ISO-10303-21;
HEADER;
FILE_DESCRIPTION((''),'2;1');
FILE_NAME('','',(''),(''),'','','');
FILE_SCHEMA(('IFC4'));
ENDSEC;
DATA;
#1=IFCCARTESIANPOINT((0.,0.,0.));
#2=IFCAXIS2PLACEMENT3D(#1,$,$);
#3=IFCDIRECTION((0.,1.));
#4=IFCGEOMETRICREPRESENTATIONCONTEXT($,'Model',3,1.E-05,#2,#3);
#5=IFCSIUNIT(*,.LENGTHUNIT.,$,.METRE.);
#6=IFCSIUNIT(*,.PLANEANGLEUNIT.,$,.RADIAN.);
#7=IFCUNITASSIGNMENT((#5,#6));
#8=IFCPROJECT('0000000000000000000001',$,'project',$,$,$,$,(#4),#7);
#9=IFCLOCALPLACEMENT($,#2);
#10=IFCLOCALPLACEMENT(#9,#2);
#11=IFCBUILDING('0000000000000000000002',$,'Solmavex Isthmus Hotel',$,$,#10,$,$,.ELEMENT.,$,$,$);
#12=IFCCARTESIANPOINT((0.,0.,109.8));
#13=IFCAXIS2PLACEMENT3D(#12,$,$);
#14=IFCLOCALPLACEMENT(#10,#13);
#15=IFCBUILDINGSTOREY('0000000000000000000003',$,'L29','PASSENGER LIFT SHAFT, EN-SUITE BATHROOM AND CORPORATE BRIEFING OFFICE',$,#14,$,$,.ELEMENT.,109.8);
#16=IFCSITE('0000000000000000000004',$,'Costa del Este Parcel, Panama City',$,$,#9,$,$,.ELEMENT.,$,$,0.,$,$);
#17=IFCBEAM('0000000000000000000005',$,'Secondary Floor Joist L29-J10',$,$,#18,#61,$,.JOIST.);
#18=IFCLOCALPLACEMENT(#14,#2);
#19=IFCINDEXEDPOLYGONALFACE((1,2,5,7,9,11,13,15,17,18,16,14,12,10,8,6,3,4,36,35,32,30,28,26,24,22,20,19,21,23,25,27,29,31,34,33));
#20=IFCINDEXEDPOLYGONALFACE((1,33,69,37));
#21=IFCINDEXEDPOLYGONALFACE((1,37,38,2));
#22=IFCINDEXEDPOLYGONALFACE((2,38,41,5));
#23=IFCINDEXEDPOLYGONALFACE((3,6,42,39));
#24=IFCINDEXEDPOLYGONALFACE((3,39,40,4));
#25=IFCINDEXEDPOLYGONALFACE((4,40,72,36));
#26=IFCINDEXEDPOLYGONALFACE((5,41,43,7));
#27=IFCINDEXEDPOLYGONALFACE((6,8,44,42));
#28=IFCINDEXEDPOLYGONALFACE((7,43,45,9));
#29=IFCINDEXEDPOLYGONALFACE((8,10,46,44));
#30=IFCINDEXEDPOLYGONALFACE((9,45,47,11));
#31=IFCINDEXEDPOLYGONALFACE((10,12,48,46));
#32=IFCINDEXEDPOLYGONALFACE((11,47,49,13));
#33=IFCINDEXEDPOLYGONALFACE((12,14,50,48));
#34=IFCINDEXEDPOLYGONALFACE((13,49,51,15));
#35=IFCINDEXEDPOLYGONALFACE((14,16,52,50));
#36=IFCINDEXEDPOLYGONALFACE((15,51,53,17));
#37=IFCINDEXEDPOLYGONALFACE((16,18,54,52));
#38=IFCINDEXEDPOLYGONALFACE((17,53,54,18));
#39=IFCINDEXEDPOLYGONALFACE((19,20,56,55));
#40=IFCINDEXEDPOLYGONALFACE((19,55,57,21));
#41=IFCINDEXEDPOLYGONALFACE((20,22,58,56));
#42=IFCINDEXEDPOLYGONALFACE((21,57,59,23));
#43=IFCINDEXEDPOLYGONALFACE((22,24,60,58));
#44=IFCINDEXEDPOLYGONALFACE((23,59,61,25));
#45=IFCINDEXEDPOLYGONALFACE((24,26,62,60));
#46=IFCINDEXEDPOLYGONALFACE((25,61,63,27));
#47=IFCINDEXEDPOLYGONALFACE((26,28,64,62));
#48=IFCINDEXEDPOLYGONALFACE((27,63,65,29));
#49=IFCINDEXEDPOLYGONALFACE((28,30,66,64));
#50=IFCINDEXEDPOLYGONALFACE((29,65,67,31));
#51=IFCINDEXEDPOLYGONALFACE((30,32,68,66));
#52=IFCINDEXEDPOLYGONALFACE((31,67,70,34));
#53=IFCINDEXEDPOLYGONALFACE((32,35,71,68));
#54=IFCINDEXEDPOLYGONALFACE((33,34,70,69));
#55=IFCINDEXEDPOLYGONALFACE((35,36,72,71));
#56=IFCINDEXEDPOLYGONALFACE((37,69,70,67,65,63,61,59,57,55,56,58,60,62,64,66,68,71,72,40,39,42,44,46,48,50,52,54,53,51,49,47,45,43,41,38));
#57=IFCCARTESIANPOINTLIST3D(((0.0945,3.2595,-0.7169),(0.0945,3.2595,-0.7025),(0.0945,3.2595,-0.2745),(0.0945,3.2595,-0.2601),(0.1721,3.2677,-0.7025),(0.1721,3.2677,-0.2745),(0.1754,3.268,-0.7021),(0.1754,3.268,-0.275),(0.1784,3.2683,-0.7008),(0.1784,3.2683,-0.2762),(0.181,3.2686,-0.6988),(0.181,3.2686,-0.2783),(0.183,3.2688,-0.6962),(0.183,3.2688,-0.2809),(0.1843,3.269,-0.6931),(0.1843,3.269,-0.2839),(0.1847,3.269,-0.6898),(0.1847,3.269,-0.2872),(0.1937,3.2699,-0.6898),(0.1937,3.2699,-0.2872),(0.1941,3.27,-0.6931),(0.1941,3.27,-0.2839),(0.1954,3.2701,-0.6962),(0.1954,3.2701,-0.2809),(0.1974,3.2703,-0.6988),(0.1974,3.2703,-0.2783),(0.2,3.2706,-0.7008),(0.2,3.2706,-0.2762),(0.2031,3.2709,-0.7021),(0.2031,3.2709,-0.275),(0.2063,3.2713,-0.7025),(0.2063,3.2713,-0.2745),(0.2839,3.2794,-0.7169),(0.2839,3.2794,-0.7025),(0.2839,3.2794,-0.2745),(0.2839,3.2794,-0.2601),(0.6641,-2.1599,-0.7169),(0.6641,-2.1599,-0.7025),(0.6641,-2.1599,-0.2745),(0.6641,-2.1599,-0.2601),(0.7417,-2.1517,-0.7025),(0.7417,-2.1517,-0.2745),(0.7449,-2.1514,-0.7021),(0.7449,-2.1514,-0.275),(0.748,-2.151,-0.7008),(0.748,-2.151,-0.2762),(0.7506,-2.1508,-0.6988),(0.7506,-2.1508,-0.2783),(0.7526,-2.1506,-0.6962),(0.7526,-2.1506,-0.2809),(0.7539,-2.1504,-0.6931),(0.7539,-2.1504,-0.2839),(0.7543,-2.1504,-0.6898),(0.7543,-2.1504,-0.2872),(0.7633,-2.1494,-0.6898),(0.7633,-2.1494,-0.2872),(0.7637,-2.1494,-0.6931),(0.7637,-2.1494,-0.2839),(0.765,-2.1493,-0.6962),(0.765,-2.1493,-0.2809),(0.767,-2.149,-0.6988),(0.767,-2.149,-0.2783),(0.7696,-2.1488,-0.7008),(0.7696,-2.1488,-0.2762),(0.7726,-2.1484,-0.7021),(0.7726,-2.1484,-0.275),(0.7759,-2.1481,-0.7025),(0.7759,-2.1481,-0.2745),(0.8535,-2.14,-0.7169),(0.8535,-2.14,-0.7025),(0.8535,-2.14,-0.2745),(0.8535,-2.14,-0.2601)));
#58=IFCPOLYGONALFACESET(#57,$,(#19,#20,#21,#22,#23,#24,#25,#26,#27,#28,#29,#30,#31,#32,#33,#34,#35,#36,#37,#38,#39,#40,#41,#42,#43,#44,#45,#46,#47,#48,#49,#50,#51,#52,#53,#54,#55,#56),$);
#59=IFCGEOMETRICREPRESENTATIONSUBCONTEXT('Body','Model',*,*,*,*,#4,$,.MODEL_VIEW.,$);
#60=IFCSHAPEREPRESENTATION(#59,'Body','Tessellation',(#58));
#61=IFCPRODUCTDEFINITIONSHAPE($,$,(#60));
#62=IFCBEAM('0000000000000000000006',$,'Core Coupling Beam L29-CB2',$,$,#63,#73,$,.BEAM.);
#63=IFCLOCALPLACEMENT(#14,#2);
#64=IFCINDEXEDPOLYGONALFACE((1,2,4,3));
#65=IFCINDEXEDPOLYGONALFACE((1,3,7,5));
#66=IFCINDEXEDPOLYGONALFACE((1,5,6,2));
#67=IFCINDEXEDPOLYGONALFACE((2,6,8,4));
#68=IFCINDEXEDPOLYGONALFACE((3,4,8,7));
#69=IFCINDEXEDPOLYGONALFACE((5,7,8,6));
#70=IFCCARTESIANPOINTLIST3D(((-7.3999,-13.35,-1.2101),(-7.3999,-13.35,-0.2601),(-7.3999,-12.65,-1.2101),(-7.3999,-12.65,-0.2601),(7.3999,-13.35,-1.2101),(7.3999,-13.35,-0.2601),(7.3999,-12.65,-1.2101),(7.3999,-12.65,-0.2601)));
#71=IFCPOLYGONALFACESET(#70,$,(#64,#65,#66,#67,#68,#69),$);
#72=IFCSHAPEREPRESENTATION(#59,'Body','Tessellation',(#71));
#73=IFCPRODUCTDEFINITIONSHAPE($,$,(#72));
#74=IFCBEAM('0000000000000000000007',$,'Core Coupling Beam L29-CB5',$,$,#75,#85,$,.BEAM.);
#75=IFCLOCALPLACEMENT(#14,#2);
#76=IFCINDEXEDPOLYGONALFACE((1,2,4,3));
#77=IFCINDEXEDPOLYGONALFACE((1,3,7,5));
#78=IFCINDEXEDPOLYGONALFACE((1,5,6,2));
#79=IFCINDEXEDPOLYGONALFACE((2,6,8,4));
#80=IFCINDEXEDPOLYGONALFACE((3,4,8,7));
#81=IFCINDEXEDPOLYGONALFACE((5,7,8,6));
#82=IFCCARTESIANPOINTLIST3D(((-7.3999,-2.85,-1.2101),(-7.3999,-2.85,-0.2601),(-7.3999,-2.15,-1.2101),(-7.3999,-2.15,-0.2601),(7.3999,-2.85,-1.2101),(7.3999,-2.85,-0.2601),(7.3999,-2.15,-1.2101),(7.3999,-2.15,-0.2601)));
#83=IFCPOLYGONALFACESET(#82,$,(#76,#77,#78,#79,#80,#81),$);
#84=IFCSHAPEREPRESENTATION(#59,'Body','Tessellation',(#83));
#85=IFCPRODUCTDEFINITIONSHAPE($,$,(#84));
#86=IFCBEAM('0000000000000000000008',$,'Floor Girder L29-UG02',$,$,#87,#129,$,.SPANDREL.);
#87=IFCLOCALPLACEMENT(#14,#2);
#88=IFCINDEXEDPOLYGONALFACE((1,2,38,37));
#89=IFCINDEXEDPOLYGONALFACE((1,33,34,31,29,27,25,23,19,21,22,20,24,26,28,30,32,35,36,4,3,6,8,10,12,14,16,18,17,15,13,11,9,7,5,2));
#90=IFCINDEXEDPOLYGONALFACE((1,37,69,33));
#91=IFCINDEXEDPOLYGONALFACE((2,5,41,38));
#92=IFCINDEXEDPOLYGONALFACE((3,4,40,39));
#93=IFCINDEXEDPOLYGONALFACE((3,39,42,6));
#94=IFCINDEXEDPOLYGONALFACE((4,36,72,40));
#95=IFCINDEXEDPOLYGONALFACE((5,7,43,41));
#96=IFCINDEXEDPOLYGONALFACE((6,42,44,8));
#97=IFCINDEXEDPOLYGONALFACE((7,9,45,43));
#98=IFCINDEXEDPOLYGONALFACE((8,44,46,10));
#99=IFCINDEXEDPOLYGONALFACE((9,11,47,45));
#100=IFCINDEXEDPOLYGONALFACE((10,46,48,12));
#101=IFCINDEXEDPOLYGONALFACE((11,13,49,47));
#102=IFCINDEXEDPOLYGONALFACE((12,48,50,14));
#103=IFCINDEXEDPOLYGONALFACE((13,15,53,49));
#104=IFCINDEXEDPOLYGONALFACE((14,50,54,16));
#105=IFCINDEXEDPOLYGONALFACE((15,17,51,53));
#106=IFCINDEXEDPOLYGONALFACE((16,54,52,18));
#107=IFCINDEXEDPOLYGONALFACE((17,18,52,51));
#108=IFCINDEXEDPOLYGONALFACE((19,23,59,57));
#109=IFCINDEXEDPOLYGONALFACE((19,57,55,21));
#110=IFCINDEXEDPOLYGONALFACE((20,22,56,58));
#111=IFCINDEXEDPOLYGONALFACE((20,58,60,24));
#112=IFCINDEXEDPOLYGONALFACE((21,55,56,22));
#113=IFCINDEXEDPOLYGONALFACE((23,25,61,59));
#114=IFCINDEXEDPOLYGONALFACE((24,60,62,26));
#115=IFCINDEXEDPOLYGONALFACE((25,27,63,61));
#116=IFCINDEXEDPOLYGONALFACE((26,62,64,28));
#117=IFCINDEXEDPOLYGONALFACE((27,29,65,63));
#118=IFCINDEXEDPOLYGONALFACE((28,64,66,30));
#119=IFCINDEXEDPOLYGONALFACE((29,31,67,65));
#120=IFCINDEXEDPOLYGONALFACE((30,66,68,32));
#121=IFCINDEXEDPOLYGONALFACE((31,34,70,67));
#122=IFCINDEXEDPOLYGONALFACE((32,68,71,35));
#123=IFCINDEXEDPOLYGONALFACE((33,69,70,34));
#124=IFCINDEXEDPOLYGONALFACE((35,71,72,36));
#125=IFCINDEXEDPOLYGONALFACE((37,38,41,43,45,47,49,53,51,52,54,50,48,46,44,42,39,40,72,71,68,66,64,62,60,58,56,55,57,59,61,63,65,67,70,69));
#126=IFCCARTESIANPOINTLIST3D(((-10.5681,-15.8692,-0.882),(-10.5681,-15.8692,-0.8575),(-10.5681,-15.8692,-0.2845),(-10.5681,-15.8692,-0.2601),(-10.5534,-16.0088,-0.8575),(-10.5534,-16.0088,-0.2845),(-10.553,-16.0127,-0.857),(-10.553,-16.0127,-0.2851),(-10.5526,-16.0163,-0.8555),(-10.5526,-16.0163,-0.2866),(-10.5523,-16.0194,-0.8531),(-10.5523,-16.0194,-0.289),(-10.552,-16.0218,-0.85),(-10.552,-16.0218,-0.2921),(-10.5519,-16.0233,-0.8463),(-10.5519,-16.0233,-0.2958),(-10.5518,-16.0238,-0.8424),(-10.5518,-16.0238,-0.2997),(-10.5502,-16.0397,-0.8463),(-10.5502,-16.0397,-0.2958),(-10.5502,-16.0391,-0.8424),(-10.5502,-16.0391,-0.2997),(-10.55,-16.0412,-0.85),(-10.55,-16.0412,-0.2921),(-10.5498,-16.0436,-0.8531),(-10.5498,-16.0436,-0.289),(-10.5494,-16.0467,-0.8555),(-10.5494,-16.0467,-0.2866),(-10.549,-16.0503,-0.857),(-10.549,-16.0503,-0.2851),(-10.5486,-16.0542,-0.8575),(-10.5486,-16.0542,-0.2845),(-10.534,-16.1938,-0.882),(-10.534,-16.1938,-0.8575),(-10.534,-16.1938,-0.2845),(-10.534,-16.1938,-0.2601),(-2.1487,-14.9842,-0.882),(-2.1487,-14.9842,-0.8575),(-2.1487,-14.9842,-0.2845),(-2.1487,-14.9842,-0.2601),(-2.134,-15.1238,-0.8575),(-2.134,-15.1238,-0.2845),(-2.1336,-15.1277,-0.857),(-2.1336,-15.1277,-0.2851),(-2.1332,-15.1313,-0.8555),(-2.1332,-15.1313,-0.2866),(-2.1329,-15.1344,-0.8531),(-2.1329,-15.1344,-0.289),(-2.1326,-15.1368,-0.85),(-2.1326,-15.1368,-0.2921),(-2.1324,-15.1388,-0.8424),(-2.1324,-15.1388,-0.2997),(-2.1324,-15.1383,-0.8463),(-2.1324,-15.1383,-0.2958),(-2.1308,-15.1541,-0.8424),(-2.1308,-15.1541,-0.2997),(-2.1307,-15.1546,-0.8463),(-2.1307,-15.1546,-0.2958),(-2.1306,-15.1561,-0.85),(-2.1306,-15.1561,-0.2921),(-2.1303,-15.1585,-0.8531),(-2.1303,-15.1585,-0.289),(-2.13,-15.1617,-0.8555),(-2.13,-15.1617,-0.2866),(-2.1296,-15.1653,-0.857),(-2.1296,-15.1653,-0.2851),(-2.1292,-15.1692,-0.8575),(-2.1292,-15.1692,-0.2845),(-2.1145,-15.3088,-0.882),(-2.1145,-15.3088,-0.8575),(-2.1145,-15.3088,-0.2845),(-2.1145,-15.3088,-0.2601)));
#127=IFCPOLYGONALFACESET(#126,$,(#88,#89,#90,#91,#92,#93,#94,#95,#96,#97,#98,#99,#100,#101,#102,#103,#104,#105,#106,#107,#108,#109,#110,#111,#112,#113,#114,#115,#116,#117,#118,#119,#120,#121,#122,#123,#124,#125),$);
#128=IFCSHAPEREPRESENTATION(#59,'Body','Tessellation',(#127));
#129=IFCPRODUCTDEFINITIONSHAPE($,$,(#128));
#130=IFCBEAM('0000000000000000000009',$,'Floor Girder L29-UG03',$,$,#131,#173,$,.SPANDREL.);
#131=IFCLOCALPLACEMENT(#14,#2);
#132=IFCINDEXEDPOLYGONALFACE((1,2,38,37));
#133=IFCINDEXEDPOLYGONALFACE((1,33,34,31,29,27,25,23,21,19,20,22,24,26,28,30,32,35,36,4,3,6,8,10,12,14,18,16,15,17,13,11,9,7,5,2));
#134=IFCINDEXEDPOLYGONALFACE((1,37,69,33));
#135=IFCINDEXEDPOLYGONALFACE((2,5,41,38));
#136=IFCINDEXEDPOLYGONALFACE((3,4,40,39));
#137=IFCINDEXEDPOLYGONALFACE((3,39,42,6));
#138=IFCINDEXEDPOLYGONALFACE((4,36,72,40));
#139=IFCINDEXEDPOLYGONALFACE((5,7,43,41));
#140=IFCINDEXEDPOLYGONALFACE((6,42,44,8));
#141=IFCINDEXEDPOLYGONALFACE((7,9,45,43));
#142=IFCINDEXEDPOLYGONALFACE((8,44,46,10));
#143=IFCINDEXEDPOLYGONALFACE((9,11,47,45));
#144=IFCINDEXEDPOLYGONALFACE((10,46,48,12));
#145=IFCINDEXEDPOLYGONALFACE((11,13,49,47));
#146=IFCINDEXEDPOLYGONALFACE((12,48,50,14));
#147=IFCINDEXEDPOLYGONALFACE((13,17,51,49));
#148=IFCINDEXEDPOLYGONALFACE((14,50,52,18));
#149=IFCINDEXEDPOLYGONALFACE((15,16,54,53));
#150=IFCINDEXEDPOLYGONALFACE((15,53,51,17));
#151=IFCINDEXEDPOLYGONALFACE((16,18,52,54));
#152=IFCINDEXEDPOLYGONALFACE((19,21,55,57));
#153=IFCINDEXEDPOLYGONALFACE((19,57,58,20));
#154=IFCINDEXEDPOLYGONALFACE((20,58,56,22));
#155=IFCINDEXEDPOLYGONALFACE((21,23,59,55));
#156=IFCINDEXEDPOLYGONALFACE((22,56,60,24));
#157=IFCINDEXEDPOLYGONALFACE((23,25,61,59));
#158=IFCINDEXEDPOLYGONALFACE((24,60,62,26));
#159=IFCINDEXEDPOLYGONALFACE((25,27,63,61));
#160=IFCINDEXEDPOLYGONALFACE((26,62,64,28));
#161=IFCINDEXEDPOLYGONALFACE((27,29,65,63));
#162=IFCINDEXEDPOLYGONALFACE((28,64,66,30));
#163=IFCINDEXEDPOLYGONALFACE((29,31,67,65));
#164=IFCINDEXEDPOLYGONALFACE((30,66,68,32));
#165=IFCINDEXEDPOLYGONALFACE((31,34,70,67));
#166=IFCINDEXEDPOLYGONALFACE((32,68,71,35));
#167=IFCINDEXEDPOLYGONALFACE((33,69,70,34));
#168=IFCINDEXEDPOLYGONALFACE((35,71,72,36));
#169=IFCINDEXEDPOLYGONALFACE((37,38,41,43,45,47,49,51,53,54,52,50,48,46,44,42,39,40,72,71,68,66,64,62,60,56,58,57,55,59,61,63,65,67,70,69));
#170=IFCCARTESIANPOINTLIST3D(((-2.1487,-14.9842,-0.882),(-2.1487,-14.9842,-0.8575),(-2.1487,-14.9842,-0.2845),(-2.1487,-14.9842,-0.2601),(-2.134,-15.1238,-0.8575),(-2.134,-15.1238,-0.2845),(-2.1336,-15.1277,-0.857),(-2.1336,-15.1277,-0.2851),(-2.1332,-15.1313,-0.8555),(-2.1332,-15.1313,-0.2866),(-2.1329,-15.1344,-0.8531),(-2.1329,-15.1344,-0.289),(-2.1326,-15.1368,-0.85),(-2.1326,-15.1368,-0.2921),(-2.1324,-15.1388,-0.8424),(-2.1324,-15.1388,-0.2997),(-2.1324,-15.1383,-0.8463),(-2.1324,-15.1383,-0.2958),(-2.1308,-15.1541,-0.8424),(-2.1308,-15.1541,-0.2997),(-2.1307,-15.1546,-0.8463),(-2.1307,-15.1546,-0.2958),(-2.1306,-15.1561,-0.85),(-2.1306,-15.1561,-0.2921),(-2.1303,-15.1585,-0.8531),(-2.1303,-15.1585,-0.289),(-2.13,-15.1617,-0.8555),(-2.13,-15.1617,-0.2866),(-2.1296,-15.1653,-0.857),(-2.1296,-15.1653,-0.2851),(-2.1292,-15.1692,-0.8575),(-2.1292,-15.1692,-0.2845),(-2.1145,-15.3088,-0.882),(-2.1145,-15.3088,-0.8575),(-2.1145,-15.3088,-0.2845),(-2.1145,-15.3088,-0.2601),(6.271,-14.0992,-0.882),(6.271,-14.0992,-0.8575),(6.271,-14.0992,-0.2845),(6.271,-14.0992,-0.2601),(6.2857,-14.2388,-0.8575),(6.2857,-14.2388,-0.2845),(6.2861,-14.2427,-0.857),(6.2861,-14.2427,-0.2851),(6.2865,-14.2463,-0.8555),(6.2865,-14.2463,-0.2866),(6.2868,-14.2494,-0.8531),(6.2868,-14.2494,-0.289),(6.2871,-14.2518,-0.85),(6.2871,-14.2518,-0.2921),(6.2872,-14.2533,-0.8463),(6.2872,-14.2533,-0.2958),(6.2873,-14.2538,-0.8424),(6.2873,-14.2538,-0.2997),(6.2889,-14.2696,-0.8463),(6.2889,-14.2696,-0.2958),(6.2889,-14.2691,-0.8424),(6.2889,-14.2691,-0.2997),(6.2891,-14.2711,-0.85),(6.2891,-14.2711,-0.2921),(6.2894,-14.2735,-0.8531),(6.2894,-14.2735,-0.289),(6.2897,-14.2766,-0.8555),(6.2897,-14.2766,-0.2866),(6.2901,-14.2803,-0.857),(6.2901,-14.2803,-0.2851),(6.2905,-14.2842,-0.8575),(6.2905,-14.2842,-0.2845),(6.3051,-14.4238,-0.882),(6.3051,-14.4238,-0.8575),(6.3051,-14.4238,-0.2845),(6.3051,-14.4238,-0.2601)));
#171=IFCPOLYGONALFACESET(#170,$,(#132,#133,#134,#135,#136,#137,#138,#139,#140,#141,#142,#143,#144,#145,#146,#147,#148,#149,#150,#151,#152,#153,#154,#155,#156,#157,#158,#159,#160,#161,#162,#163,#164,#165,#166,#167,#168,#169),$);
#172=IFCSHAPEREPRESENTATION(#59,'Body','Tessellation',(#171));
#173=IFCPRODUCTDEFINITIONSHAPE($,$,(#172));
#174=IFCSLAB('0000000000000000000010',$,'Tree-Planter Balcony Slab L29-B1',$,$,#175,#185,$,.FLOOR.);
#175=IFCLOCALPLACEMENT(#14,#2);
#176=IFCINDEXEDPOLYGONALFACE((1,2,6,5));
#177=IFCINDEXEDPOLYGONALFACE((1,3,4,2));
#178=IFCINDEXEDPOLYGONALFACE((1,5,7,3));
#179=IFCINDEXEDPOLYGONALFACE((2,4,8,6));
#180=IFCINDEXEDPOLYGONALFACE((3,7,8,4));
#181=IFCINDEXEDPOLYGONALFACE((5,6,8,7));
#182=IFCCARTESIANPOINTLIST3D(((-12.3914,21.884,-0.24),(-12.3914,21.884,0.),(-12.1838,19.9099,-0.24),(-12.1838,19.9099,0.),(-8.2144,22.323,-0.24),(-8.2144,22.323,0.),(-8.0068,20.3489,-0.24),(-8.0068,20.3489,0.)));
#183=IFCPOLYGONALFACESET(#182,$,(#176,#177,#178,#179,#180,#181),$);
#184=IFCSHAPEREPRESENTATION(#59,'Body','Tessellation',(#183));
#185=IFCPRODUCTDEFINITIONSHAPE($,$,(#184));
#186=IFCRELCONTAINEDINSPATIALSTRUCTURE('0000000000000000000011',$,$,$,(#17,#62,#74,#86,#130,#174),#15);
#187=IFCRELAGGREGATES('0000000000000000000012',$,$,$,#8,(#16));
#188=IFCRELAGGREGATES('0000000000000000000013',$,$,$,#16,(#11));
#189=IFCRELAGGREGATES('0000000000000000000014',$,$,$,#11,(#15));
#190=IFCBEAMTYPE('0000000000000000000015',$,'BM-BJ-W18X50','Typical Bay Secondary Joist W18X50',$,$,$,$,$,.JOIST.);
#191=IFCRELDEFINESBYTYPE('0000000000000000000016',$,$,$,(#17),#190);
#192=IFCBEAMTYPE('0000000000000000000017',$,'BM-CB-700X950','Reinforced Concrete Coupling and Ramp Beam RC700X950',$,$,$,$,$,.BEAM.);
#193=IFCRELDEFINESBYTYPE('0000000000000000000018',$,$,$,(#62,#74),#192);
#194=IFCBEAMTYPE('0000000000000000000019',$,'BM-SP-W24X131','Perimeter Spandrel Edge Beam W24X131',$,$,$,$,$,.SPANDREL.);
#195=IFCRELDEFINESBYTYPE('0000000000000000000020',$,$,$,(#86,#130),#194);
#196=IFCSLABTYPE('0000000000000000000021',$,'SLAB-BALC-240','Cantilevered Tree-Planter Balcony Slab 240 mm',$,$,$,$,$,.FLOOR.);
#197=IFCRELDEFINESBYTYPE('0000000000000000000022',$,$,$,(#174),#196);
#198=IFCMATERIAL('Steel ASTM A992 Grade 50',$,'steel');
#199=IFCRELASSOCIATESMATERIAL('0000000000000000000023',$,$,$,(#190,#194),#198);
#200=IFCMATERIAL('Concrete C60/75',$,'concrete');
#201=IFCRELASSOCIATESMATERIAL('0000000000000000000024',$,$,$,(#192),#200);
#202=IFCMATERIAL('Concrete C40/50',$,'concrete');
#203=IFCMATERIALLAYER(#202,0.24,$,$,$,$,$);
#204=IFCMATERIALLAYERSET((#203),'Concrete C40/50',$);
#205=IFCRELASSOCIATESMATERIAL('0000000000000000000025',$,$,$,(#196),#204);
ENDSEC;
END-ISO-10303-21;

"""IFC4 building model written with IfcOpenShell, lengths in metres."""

from ifc_helpers import new_model, si_unit, direction, frame, origin, origin_2d, place, context, subcontext, project, spatial, polyline, rectangle, i_section, outline, extrude, material, layer, layer_set, material_profile, profile_set, type_object, element, save


model = new_model("IFC4")

# Units and contexts
model_context = context("Model", 3, precision=1e-05, world=origin(), true_north=direction((0.0, 1.0)))
body_context = subcontext(model_context, "Body", "Model", "MODEL_VIEW")
ifc_project = project(units=[si_unit("LENGTHUNIT", "METRE"), si_unit("PLANEANGLEUNIT", "RADIAN")], contexts=[model_context])

# Site, building, storey
site_placement = place(None, origin())
site = spatial("IfcSite", under=ifc_project, at=site_placement, Name="Costa del Este Parcel, Panama City", CompositionType="ELEMENT", RefElevation=0.0)
building_placement = place(site_placement, origin())
building = spatial("IfcBuilding", under=site, at=building_placement, Name="Solmavex Isthmus Hotel", CompositionType="ELEMENT")
storey_placement = place(building_placement, frame((0.0, 0.0, 109.8)))
storey = spatial("IfcBuildingStorey", under=building, at=storey_placement, Name="L29", Description="PASSENGER LIFT SHAFT, EN-SUITE BATHROOM AND CORPORATE BRIEFING OFFICE", CompositionType="ELEMENT", Elevation=109.8)

# Shared definitions
ifc_material_1 = material(Name="Concrete C60/75", Category="concrete")

# Beams
ifc_material_2 = material(Name="Steel ASTM A992 Grade 50", Category="steel")
ifc_material_profile_1 = material_profile(ifc_material_2, i_section(OverallWidth=0.1904, OverallDepth=0.4568, WebThickness=0.009, FlangeThickness=0.0144, FilletRadius=0.0127, at=origin_2d()), Name="W18X50")
ifc_profile_set_1 = profile_set([ifc_material_profile_1], Name="Steel ASTM A992 Grade 50")
beam_type_1 = type_object("IfcBeamType", Name="BM-BJ-W18X50", Description="Typical Bay Secondary Joist W18X50", PredefinedType="JOIST", material=ifc_profile_set_1)
beam_1_placement = place(storey_placement, frame((0.7588, -2.1499, -0.4885), z_axis=(-0.104524, 0.994522, 0.0), x_axis=(-0.994522, -0.104524, 0.0)))
element("IfcBeam", 1, at=beam_1_placement, inside=storey, type_object=beam_type_1, Name="Secondary Floor Joist L29-J10", PredefinedType="JOIST", context=body_context, shape_type="SweptSolid", body=[
    extrude(i_section(OverallWidth=0.1904, OverallDepth=0.4568, WebThickness=0.009, FlangeThickness=0.0144, FilletRadius=0.0127, at=origin_2d()), origin(), (0.0, 0.0, 1.0), 5.4492),
])
ifc_material_profile_2 = material_profile(ifc_material_1, rectangle(XDim=0.7, YDim=0.95, at=origin_2d()), Name="RC700X950")
ifc_profile_set_2 = profile_set([ifc_material_profile_2], Name="Concrete C60/75")
beam_type_2 = type_object("IfcBeamType", Name="BM-CB-700X950", Description="Reinforced Concrete Coupling and Ramp Beam RC700X950", PredefinedType="BEAM", material=ifc_profile_set_2)
for number, where, z_axis, x_axis, name in (
    (2, (-7.3999, -13.0, -0.7351), (1.0, 0.0, 0.0), (0.0, 1.0, 0.0), "Core Coupling Beam L29-CB2"),
    (3, (-7.3999, -2.5, -0.7351), (1.0, 0.0, 0.0), (0.0, 1.0, 0.0), "Core Coupling Beam L29-CB5"),
):
    element("IfcBeam", number, at=place(storey_placement, frame(where, z_axis=z_axis, x_axis=x_axis)), inside=storey, type_object=beam_type_2, Name=name, PredefinedType="BEAM", context=body_context, shape_type="SweptSolid", body=[
        extrude(rectangle(XDim=0.7, YDim=0.95, at=origin_2d()), origin(), (0.0, 0.0, 1.0), 14.7998),
    ])
ifc_material_profile_3 = material_profile(ifc_material_2, i_section(OverallWidth=0.3264, OverallDepth=0.6218, WebThickness=0.0154, FlangeThickness=0.0244, FilletRadius=0.0151, at=origin_2d()), Name="W24X131")
ifc_profile_set_3 = profile_set([ifc_material_profile_3], Name="Steel ASTM A992 Grade 50")
beam_type_3 = type_object("IfcBeamType", Name="BM-SP-W24X131", Description="Perimeter Spandrel Edge Beam W24X131", PredefinedType="SPANDREL", material=ifc_profile_set_3)
beam_2_placement = place(storey_placement, frame((-10.551, -16.0315, -0.571), z_axis=(0.994521, 0.104539, 0.0), x_axis=(-0.104539, 0.994521, 0.0)))
element("IfcBeam", 4, at=beam_2_placement, inside=storey, type_object=beam_type_3, Name="Floor Girder L29-UG02", PredefinedType="SPANDREL", context=body_context, shape_type="SweptSolid", body=[
    extrude(i_section(OverallWidth=0.3264, OverallDepth=0.6218, WebThickness=0.0154, FlangeThickness=0.0244, FilletRadius=0.0151, at=origin_2d()), origin(), (0.0, 0.0, 1.0), 8.4658),
])
beam_3_placement = place(storey_placement, frame((-2.1316, -15.1465, -0.571), z_axis=(0.994521, 0.104536, 0.0), x_axis=(-0.104536, 0.994521, 0.0)))
element("IfcBeam", 5, at=beam_3_placement, inside=storey, type_object=beam_type_3, Name="Floor Girder L29-UG03", PredefinedType="SPANDREL", context=body_context, shape_type="SweptSolid", body=[
    extrude(i_section(OverallWidth=0.3264, OverallDepth=0.6218, WebThickness=0.0154, FlangeThickness=0.0244, FilletRadius=0.0151, at=origin_2d()), origin(), (0.0, 0.0, 1.0), 8.4661),
])

# Slab
ifc_material_3 = material(Name="Concrete C40/50", Category="concrete")
ifc_layer_1 = layer(ifc_material_3, 0.24)
ifc_layer_set_1 = layer_set([ifc_layer_1], Name="Concrete C40/50")
slab_type_1 = type_object("IfcSlabType", Name="SLAB-BALC-240", Description="Cantilevered Tree-Planter Balcony Slab 240 mm", PredefinedType="FLOOR", material=ifc_layer_set_1)
slab_1_placement = place(storey_placement, frame((0.0, 0.0, -0.24)))
element("IfcSlab", 6, at=slab_1_placement, inside=storey, type_object=slab_type_1, Name="Tree-Planter Balcony Slab L29-B1", PredefinedType="FLOOR", context=body_context, shape_type="SweptSolid", body=[
    extrude(outline(polyline([(-12.1838, 19.9099), (-8.0068, 20.3489), (-8.2144, 22.323), (-12.3914, 21.884), (-12.1838, 19.9099)])), origin(), (0.0, 0.0, 1.0), 0.24),
])

save(model, "model.ifc")
